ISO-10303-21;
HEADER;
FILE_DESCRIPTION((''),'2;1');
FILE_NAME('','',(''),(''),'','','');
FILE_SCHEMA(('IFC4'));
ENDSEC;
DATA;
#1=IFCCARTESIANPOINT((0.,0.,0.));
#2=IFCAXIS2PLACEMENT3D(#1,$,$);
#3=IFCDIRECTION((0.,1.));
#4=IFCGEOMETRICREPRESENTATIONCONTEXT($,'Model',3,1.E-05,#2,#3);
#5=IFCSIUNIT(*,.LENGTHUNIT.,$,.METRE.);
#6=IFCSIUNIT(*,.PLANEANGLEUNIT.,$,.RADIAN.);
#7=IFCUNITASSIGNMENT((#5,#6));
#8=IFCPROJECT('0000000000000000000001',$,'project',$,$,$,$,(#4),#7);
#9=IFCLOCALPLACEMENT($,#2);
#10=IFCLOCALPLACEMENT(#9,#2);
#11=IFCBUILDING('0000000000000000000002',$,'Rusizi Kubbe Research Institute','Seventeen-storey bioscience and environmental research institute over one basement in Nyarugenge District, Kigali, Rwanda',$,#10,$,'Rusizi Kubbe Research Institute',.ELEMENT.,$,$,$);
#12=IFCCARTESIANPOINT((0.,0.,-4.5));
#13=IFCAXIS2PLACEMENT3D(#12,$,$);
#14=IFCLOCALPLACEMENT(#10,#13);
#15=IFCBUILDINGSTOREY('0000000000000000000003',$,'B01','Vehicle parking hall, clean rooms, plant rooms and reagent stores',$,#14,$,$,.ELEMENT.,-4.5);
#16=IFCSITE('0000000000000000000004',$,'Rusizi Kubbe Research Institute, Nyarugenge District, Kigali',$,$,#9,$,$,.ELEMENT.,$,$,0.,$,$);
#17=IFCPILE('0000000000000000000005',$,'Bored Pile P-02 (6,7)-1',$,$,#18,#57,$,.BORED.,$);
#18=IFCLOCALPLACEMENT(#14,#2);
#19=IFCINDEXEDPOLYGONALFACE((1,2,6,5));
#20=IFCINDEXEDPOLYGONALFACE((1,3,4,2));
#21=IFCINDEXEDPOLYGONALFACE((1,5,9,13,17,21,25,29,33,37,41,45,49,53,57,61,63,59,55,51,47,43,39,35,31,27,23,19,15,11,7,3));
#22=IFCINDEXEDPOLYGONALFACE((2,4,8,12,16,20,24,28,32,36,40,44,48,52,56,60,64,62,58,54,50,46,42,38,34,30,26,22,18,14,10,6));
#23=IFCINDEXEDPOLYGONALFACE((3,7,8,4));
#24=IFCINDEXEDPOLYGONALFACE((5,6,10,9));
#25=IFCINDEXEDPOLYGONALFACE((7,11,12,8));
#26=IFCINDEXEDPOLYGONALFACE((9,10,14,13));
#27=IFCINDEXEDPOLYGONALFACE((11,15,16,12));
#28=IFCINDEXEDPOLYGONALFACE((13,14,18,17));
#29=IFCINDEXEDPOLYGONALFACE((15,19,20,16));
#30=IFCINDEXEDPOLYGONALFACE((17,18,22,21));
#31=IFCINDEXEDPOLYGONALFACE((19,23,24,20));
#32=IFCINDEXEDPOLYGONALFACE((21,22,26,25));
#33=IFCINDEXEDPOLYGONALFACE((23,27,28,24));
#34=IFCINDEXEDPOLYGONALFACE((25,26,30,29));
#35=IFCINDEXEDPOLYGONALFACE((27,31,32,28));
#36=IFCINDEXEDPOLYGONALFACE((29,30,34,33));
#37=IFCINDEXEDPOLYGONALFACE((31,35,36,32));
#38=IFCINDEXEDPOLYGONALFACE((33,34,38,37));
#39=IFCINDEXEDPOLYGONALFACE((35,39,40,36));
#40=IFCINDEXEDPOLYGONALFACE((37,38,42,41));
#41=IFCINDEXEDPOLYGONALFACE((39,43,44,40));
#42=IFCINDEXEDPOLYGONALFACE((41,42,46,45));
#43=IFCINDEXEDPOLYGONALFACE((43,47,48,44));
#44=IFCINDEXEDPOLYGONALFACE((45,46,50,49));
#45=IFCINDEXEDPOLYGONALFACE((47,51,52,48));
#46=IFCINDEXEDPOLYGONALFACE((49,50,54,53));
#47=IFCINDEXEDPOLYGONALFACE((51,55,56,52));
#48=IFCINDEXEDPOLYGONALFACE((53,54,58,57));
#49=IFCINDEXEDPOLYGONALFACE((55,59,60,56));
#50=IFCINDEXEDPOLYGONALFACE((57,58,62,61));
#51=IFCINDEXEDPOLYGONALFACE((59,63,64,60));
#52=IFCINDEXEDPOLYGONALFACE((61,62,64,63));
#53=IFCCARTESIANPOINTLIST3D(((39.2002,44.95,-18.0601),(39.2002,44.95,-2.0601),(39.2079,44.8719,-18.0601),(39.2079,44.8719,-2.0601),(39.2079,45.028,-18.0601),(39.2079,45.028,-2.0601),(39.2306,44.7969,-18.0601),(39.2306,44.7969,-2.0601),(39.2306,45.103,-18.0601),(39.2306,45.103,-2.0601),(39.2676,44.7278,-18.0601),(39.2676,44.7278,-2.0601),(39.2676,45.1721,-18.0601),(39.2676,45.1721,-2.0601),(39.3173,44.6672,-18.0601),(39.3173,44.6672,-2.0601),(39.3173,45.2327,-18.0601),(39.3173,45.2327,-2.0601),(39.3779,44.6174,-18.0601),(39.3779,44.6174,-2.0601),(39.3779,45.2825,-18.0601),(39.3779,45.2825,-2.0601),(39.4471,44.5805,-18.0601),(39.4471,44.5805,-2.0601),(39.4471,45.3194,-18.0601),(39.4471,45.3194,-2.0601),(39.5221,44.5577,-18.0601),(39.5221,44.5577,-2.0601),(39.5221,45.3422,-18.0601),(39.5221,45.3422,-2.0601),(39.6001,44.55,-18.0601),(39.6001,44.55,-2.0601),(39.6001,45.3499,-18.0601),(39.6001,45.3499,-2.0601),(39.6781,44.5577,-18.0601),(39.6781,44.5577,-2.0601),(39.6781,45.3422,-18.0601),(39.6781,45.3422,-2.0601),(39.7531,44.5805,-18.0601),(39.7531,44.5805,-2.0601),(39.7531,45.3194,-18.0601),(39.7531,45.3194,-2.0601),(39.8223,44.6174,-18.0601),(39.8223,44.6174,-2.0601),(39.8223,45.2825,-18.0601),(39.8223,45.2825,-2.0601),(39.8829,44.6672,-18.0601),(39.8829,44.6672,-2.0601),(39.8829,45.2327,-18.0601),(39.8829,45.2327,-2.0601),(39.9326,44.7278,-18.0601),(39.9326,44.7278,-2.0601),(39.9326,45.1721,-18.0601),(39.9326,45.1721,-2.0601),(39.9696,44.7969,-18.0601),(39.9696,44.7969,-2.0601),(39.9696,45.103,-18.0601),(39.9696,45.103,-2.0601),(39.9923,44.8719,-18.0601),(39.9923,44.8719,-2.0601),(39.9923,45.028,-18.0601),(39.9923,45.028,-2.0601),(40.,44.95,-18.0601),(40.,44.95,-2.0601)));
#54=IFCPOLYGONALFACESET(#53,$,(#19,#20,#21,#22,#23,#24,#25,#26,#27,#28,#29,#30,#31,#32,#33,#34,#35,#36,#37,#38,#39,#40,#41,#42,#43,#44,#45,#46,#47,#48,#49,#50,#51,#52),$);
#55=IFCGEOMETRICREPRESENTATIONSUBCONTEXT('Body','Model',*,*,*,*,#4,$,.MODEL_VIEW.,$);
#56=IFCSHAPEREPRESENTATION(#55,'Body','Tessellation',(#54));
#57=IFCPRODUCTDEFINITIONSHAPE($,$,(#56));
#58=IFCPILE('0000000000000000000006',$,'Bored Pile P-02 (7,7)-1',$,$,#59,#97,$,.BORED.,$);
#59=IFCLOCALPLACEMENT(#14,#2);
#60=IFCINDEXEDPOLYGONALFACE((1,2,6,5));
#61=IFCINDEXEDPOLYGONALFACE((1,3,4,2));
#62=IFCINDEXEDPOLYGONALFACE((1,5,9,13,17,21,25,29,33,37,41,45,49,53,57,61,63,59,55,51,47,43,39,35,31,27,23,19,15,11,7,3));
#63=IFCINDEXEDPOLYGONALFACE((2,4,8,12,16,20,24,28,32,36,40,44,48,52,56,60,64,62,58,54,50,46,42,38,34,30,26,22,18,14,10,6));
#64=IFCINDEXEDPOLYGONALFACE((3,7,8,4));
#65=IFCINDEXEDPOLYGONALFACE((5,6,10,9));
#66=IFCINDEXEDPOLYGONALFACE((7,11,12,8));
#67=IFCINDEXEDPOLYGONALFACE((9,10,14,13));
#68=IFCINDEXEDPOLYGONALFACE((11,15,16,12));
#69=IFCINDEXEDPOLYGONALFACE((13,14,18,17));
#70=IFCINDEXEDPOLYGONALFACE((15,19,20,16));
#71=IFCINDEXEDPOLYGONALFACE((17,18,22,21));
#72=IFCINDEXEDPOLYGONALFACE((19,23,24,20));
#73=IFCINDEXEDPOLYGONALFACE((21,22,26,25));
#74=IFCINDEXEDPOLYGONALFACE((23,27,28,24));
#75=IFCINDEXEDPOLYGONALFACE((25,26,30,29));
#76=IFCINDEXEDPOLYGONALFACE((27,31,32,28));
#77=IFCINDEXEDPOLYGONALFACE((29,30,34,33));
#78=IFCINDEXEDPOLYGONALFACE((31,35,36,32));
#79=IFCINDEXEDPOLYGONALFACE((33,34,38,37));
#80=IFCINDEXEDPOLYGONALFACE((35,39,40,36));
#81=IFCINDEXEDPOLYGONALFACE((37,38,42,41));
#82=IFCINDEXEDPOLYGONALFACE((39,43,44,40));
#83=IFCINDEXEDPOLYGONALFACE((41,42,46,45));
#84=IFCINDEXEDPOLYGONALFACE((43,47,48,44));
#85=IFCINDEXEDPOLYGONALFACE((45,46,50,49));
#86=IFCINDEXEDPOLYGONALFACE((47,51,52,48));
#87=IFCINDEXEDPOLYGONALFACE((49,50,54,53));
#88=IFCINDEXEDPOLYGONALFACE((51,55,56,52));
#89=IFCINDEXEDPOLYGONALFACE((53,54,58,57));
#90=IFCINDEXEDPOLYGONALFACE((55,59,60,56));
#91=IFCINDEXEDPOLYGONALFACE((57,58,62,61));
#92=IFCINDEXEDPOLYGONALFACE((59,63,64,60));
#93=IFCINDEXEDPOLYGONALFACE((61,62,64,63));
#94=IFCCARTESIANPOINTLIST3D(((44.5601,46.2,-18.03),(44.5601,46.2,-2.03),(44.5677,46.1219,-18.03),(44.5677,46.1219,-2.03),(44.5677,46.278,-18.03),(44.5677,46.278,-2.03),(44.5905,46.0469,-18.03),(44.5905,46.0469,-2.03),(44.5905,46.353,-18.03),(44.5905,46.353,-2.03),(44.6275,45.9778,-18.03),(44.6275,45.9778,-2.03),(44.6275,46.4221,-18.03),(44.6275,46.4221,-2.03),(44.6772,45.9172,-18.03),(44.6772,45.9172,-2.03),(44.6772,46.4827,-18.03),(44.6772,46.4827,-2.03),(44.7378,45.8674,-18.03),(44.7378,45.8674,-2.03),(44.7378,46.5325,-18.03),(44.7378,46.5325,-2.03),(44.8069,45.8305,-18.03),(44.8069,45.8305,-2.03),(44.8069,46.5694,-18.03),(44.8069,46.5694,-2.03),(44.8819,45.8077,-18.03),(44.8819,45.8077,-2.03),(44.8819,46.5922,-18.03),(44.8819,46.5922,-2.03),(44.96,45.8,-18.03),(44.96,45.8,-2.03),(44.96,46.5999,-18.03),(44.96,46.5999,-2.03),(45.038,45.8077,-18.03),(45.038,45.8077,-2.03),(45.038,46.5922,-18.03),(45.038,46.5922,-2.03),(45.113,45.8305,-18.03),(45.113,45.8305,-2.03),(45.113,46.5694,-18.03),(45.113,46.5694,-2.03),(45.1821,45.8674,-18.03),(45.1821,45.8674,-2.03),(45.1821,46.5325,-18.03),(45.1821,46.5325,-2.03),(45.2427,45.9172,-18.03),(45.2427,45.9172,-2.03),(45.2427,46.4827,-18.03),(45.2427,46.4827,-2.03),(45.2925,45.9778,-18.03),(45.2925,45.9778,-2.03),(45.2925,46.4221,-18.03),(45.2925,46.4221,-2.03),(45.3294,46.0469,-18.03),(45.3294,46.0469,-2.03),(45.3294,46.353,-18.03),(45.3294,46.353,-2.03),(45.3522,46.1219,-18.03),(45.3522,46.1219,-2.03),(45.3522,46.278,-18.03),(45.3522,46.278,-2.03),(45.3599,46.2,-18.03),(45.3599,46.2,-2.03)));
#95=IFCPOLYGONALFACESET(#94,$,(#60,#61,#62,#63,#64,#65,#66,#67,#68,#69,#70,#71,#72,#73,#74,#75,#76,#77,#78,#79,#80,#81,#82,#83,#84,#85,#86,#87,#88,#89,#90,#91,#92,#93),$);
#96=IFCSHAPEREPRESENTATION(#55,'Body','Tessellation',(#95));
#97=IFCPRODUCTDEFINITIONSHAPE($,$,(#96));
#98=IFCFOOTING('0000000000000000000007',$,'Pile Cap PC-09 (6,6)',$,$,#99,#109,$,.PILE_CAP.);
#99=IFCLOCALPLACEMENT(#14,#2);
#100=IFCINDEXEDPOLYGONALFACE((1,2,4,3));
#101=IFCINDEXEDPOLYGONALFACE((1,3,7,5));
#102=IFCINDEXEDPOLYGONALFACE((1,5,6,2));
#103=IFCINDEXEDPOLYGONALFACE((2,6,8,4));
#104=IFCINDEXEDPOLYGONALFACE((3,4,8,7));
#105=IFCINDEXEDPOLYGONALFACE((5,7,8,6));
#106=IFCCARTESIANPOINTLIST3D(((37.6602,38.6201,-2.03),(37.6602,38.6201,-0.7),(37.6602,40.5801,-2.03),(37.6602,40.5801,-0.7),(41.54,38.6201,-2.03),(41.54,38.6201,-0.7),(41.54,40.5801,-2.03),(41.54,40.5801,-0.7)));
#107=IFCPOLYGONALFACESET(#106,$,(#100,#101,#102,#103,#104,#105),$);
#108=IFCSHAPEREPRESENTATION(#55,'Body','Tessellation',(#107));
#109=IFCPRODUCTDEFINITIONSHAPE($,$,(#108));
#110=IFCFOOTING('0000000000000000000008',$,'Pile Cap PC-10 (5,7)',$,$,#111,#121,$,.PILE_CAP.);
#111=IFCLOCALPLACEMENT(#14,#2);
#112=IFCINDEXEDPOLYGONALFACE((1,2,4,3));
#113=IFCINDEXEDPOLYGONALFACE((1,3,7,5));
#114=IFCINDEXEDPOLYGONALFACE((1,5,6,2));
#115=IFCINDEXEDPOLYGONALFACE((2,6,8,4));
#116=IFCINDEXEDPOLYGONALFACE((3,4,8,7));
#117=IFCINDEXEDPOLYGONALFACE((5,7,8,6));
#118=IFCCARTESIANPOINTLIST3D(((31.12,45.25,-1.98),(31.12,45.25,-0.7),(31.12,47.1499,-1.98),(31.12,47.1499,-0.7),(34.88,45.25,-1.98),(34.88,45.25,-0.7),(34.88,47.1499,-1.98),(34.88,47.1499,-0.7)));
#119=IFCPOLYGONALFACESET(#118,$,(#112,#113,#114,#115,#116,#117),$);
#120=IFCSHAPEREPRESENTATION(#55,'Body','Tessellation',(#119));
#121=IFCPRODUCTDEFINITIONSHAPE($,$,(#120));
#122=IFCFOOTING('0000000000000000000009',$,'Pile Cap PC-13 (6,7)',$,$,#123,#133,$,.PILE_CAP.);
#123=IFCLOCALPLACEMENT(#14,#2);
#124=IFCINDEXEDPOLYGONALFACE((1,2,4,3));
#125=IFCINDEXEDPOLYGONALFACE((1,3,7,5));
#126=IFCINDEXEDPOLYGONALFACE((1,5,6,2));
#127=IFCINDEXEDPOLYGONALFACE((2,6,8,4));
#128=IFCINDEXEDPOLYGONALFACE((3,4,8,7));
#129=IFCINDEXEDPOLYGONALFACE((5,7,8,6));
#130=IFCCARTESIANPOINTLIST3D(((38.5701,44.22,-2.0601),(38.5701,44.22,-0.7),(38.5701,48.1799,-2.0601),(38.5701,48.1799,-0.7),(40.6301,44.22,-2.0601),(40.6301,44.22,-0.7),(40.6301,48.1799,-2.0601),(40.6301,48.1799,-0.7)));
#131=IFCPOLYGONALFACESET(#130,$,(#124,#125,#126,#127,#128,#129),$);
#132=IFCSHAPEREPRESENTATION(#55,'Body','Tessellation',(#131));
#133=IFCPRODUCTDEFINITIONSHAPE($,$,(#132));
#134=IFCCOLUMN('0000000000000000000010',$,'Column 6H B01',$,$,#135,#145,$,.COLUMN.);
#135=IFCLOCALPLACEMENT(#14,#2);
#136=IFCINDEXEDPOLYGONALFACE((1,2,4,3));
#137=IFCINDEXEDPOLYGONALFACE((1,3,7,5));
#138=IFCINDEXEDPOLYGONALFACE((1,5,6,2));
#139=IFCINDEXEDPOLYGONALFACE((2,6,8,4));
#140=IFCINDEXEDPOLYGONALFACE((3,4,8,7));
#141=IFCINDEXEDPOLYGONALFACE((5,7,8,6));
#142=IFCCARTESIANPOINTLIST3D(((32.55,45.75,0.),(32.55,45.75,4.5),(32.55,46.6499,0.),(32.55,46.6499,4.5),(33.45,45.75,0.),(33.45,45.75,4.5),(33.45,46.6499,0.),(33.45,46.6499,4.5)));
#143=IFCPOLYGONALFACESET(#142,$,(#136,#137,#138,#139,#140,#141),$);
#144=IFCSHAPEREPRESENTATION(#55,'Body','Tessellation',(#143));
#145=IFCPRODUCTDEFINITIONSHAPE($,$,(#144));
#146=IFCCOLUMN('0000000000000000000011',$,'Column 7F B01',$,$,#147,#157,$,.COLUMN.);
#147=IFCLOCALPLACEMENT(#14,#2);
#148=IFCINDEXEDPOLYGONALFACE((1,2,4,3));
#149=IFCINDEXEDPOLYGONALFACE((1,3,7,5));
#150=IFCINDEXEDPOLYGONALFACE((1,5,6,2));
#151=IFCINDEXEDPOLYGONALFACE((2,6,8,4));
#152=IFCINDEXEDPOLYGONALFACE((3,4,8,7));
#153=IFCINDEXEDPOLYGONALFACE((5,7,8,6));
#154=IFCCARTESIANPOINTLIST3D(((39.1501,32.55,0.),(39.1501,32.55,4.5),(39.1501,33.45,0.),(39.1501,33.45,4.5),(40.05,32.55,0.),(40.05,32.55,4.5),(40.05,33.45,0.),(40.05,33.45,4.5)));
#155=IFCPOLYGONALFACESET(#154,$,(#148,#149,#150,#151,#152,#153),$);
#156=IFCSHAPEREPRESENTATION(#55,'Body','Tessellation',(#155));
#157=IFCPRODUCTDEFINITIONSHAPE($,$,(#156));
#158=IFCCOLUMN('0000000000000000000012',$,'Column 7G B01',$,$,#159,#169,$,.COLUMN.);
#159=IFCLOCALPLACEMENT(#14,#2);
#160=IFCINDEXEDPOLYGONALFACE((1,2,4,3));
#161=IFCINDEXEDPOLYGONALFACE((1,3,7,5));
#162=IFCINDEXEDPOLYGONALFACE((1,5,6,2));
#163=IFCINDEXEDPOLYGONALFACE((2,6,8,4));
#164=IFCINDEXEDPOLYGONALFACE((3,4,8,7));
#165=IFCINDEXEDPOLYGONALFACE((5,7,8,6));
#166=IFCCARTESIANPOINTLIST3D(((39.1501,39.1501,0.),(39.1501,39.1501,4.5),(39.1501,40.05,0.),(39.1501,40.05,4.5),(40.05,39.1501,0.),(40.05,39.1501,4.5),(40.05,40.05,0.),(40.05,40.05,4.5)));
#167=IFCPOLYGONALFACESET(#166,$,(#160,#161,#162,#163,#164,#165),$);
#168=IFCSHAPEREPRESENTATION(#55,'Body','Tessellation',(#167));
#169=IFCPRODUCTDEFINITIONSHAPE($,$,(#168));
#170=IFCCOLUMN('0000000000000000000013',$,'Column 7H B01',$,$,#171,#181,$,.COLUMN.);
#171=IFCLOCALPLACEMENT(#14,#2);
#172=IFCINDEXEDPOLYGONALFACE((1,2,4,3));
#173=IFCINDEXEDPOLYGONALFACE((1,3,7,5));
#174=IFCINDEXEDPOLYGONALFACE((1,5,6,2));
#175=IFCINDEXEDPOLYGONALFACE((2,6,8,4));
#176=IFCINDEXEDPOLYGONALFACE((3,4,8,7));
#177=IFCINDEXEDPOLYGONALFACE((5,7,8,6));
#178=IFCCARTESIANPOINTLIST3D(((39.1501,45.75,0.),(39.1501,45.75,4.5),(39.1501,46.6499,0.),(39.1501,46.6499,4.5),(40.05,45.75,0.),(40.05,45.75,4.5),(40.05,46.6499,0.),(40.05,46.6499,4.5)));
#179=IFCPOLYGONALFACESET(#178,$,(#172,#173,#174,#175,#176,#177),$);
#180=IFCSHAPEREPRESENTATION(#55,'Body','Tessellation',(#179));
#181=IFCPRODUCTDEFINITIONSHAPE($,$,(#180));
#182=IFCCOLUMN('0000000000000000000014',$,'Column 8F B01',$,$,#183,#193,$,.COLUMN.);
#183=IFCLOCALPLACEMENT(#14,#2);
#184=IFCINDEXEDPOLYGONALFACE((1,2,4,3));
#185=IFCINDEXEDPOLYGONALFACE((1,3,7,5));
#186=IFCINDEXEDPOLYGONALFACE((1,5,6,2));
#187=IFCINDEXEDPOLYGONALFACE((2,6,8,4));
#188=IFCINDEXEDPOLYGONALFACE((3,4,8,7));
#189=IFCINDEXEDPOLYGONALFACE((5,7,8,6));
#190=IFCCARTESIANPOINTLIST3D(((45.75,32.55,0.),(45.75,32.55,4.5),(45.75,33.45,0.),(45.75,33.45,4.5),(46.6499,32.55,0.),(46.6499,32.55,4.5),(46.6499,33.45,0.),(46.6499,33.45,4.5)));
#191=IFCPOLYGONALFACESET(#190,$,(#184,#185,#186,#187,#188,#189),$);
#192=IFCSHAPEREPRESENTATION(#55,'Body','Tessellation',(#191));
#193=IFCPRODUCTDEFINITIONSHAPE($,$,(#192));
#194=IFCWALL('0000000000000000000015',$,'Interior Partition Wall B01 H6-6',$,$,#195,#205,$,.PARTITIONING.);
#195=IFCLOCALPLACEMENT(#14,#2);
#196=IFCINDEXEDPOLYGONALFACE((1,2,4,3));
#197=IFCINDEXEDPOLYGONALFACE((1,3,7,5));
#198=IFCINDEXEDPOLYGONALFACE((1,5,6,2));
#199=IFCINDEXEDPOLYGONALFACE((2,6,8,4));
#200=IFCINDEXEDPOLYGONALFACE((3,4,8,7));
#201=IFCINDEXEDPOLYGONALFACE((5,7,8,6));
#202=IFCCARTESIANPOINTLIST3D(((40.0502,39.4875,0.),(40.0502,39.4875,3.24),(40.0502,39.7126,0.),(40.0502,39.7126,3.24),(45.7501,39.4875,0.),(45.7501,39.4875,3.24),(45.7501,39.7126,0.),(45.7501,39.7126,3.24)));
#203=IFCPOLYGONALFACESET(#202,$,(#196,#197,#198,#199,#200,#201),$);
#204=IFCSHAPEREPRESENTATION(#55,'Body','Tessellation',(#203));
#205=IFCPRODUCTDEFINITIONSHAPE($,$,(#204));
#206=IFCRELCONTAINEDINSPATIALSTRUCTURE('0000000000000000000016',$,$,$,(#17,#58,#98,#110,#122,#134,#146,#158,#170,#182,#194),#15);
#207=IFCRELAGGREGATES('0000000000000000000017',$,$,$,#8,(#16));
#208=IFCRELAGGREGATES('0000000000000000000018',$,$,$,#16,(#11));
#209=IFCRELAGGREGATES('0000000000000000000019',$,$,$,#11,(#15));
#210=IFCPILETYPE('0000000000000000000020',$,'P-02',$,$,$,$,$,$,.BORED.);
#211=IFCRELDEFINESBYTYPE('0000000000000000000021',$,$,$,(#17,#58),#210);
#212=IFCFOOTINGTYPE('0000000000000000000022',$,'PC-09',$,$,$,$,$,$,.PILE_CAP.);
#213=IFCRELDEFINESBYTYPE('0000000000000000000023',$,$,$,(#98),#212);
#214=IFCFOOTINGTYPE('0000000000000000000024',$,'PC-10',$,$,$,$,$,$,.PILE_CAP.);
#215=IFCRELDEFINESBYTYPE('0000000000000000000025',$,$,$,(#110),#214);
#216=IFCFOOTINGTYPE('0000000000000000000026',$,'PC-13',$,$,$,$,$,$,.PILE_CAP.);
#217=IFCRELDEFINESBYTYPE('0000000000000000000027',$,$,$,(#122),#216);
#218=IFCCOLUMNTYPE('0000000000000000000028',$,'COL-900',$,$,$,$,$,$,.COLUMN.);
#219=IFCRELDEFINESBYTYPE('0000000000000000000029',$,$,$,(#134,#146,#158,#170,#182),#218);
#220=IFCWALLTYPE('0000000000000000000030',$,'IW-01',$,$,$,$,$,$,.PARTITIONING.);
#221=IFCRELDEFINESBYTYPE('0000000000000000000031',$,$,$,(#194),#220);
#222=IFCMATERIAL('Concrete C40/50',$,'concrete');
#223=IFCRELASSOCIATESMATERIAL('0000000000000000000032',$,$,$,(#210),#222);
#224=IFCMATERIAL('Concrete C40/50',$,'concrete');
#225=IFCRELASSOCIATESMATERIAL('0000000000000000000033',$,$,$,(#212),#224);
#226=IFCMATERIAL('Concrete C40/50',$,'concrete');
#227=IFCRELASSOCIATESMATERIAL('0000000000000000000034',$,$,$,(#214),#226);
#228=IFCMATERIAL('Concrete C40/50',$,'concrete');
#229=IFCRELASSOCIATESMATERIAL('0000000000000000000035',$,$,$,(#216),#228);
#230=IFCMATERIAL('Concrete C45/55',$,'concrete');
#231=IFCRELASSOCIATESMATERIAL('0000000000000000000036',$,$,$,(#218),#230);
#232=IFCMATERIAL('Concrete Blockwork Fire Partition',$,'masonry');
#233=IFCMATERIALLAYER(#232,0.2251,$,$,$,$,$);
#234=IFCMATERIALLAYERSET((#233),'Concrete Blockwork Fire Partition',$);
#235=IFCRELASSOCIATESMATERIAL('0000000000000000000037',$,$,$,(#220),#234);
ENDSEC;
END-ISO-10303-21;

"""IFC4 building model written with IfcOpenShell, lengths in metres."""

from ifc_helpers import new_model, si_unit, direction, frame, frame_2d, origin, origin_2d, place, context, subcontext, project, spatial, rectangle, circle, extrude, material, layer, layer_set, material_profile, profile_set, type_object, element, save


model = new_model("IFC4")

# Units and contexts
model_context = context("Model", 3, precision=1e-05, world=origin(), true_north=direction((0.0, 1.0)))
body_context = subcontext(model_context, "Body", "Model", "MODEL_VIEW")
ifc_project = project(units=[si_unit("LENGTHUNIT", "METRE"), si_unit("PLANEANGLEUNIT", "RADIAN")], contexts=[model_context])

# Site, building, storey
site_placement = place(None, origin())
site = spatial("IfcSite", under=ifc_project, at=site_placement, Name="Rusizi Kubbe Research Institute, Nyarugenge District, Kigali", CompositionType="ELEMENT", RefElevation=0.0)
building_placement = place(site_placement, origin())
building = spatial("IfcBuilding", under=site, at=building_placement, Name="Rusizi Kubbe Research Institute", Description="Seventeen-storey bioscience and environmental research institute over one basement in Nyarugenge District, Kigali, Rwanda", LongName="Rusizi Kubbe Research Institute", CompositionType="ELEMENT")
storey_placement = place(building_placement, frame((0.0, 0.0, -4.5)))
storey = spatial("IfcBuildingStorey", under=building, at=storey_placement, Name="B01", Description="Vehicle parking hall, clean rooms, plant rooms and reagent stores", CompositionType="ELEMENT", Elevation=-4.5)

# Piles
ifc_material_1 = material(Name="Concrete C40/50", Category="concrete")
ifc_material_profile_1 = material_profile(ifc_material_1, circle(Radius=0.3999, at=origin_2d()), Name="PILE-D800")
ifc_profile_set_1 = profile_set([ifc_material_profile_1], Name="Concrete C40/50")
pile_type_1 = type_object("IfcPileType", Name="P-02", PredefinedType="BORED", material=ifc_profile_set_1)
for number, where, z_axis, x_axis, name in (
    (1, (39.6001, 44.95, -2.0601), (0.0, 0.0, -1.0), (1.0, 0.0, 0.0), "Bored Pile P-02 (6,7)-1"),
    (2, (44.96, 46.2, -2.03), (0.0, 0.0, -1.0), (1.0, 0.0, 0.0), "Bored Pile P-02 (7,7)-1"),
):
    element("IfcPile", number, at=place(storey_placement, frame(where, z_axis=z_axis, x_axis=x_axis)), inside=storey, type_object=pile_type_1, Name=name, PredefinedType="BORED", context=body_context, shape_type="SweptSolid", body=[
        extrude(circle(Radius=0.3999, at=origin_2d()), origin(), (0.0, 0.0, 1.0), 16.0),
    ])

# Footings
ifc_material_2 = material(Name="Concrete C40/50", Category="concrete")
footing_type_1 = type_object("IfcFootingType", Name="PC-09", PredefinedType="PILE_CAP", material=ifc_material_2)
footing_1_placement = place(storey_placement, frame((39.6001, 39.6001, -2.03), z_axis=(0.0, 0.0, 1.0), x_axis=(1.0, 0.0, 0.0)))
element("IfcFooting", 3, at=footing_1_placement, inside=storey, type_object=footing_type_1, Name="Pile Cap PC-09 (6,6)", PredefinedType="PILE_CAP", context=body_context, shape_type="SweptSolid", body=[
    extrude(rectangle(XDim=3.8799, YDim=1.96, at=origin_2d()), origin(), (0.0, 0.0, 1.0), 1.3301),
])
ifc_material_3 = material(Name="Concrete C40/50", Category="concrete")
footing_type_2 = type_object("IfcFootingType", Name="PC-10", PredefinedType="PILE_CAP", material=ifc_material_3)
footing_2_placement = place(storey_placement, frame((33.0, 46.2, -1.98), z_axis=(0.0, 0.0, 1.0), x_axis=(1.0, 0.0, 0.0)))
element("IfcFooting", 4, at=footing_2_placement, inside=storey, type_object=footing_type_2, Name="Pile Cap PC-10 (5,7)", PredefinedType="PILE_CAP", context=body_context, shape_type="SweptSolid", body=[
    extrude(rectangle(XDim=3.76, YDim=1.8999, at=origin_2d()), origin(), (0.0, 0.0, 1.0), 1.28),
])
ifc_material_4 = material(Name="Concrete C40/50", Category="concrete")
footing_type_3 = type_object("IfcFootingType", Name="PC-13", PredefinedType="PILE_CAP", material=ifc_material_4)
footing_3_placement = place(storey_placement, frame((39.6001, 46.2, -2.0601), z_axis=(0.0, 0.0, 1.0), x_axis=(1.0, 0.0, 0.0)))
element("IfcFooting", 5, at=footing_3_placement, inside=storey, type_object=footing_type_3, Name="Pile Cap PC-13 (6,7)", PredefinedType="PILE_CAP", context=body_context, shape_type="SweptSolid", body=[
    extrude(rectangle(XDim=2.0601, YDim=3.96, at=origin_2d()), origin(), (0.0, 0.0, 1.0), 1.3601),
])

# Columns
ifc_material_5 = material(Name="Concrete C45/55", Category="concrete")
ifc_material_profile_2 = material_profile(ifc_material_5, rectangle(XDim=0.8999, YDim=0.8999, at=origin_2d()), Name="RC900x900")
ifc_profile_set_2 = profile_set([ifc_material_profile_2], Name="Concrete C45/55")
column_type = type_object("IfcColumnType", Name="COL-900", PredefinedType="COLUMN", material=ifc_profile_set_2)
for number, where, z_axis, x_axis, name in (
    (6, (33.0, 46.2, 0.0), (0.0, 0.0, 1.0), (1.0, 0.0, 0.0), "Column 6H B01"),
    (7, (39.6001, 33.0, 0.0), (0.0, 0.0, 1.0), (1.0, 0.0, 0.0), "Column 7F B01"),
    (8, (39.6001, 39.6001, 0.0), (0.0, 0.0, 1.0), (1.0, 0.0, 0.0), "Column 7G B01"),
    (9, (39.6001, 46.2, 0.0), (0.0, 0.0, 1.0), (1.0, 0.0, 0.0), "Column 7H B01"),
    (10, (46.2, 33.0, 0.0), (0.0, 0.0, 1.0), (1.0, 0.0, 0.0), "Column 8F B01"),
):
    element("IfcColumn", number, at=place(storey_placement, frame(where, z_axis=z_axis, x_axis=x_axis)), inside=storey, type_object=column_type, Name=name, PredefinedType="COLUMN", context=body_context, shape_type="SweptSolid", body=[
        extrude(rectangle(XDim=0.8999, YDim=0.8999, at=origin_2d()), origin(), (0.0, 0.0, 1.0), 4.5),
    ])

# Wall
ifc_material_6 = material(Name="Concrete Blockwork Fire Partition", Category="masonry")
ifc_layer_1 = layer(ifc_material_6, 0.2251)
ifc_layer_set_1 = layer_set([ifc_layer_1], Name="Concrete Blockwork Fire Partition")
wall_type_1 = type_object("IfcWallType", Name="IW-01", PredefinedType="PARTITIONING", material=ifc_layer_set_1)
wall_1_placement = place(storey_placement, frame((40.05, 39.6001, 0.0), z_axis=(0.0, 0.0, 1.0), x_axis=(1.0, 0.0, 0.0)))
element("IfcWall", 11, at=wall_1_placement, inside=storey, type_object=wall_type_1, Name="Interior Partition Wall B01 H6-6", PredefinedType="PARTITIONING", context=body_context, shape_type="SweptSolid", body=[
    extrude(rectangle(XDim=5.7, YDim=0.2251, at=frame_2d((2.8501, 0.0))), origin(), (0.0, 0.0, 1.0), 3.24),
])

save(model, "model.ifc")
